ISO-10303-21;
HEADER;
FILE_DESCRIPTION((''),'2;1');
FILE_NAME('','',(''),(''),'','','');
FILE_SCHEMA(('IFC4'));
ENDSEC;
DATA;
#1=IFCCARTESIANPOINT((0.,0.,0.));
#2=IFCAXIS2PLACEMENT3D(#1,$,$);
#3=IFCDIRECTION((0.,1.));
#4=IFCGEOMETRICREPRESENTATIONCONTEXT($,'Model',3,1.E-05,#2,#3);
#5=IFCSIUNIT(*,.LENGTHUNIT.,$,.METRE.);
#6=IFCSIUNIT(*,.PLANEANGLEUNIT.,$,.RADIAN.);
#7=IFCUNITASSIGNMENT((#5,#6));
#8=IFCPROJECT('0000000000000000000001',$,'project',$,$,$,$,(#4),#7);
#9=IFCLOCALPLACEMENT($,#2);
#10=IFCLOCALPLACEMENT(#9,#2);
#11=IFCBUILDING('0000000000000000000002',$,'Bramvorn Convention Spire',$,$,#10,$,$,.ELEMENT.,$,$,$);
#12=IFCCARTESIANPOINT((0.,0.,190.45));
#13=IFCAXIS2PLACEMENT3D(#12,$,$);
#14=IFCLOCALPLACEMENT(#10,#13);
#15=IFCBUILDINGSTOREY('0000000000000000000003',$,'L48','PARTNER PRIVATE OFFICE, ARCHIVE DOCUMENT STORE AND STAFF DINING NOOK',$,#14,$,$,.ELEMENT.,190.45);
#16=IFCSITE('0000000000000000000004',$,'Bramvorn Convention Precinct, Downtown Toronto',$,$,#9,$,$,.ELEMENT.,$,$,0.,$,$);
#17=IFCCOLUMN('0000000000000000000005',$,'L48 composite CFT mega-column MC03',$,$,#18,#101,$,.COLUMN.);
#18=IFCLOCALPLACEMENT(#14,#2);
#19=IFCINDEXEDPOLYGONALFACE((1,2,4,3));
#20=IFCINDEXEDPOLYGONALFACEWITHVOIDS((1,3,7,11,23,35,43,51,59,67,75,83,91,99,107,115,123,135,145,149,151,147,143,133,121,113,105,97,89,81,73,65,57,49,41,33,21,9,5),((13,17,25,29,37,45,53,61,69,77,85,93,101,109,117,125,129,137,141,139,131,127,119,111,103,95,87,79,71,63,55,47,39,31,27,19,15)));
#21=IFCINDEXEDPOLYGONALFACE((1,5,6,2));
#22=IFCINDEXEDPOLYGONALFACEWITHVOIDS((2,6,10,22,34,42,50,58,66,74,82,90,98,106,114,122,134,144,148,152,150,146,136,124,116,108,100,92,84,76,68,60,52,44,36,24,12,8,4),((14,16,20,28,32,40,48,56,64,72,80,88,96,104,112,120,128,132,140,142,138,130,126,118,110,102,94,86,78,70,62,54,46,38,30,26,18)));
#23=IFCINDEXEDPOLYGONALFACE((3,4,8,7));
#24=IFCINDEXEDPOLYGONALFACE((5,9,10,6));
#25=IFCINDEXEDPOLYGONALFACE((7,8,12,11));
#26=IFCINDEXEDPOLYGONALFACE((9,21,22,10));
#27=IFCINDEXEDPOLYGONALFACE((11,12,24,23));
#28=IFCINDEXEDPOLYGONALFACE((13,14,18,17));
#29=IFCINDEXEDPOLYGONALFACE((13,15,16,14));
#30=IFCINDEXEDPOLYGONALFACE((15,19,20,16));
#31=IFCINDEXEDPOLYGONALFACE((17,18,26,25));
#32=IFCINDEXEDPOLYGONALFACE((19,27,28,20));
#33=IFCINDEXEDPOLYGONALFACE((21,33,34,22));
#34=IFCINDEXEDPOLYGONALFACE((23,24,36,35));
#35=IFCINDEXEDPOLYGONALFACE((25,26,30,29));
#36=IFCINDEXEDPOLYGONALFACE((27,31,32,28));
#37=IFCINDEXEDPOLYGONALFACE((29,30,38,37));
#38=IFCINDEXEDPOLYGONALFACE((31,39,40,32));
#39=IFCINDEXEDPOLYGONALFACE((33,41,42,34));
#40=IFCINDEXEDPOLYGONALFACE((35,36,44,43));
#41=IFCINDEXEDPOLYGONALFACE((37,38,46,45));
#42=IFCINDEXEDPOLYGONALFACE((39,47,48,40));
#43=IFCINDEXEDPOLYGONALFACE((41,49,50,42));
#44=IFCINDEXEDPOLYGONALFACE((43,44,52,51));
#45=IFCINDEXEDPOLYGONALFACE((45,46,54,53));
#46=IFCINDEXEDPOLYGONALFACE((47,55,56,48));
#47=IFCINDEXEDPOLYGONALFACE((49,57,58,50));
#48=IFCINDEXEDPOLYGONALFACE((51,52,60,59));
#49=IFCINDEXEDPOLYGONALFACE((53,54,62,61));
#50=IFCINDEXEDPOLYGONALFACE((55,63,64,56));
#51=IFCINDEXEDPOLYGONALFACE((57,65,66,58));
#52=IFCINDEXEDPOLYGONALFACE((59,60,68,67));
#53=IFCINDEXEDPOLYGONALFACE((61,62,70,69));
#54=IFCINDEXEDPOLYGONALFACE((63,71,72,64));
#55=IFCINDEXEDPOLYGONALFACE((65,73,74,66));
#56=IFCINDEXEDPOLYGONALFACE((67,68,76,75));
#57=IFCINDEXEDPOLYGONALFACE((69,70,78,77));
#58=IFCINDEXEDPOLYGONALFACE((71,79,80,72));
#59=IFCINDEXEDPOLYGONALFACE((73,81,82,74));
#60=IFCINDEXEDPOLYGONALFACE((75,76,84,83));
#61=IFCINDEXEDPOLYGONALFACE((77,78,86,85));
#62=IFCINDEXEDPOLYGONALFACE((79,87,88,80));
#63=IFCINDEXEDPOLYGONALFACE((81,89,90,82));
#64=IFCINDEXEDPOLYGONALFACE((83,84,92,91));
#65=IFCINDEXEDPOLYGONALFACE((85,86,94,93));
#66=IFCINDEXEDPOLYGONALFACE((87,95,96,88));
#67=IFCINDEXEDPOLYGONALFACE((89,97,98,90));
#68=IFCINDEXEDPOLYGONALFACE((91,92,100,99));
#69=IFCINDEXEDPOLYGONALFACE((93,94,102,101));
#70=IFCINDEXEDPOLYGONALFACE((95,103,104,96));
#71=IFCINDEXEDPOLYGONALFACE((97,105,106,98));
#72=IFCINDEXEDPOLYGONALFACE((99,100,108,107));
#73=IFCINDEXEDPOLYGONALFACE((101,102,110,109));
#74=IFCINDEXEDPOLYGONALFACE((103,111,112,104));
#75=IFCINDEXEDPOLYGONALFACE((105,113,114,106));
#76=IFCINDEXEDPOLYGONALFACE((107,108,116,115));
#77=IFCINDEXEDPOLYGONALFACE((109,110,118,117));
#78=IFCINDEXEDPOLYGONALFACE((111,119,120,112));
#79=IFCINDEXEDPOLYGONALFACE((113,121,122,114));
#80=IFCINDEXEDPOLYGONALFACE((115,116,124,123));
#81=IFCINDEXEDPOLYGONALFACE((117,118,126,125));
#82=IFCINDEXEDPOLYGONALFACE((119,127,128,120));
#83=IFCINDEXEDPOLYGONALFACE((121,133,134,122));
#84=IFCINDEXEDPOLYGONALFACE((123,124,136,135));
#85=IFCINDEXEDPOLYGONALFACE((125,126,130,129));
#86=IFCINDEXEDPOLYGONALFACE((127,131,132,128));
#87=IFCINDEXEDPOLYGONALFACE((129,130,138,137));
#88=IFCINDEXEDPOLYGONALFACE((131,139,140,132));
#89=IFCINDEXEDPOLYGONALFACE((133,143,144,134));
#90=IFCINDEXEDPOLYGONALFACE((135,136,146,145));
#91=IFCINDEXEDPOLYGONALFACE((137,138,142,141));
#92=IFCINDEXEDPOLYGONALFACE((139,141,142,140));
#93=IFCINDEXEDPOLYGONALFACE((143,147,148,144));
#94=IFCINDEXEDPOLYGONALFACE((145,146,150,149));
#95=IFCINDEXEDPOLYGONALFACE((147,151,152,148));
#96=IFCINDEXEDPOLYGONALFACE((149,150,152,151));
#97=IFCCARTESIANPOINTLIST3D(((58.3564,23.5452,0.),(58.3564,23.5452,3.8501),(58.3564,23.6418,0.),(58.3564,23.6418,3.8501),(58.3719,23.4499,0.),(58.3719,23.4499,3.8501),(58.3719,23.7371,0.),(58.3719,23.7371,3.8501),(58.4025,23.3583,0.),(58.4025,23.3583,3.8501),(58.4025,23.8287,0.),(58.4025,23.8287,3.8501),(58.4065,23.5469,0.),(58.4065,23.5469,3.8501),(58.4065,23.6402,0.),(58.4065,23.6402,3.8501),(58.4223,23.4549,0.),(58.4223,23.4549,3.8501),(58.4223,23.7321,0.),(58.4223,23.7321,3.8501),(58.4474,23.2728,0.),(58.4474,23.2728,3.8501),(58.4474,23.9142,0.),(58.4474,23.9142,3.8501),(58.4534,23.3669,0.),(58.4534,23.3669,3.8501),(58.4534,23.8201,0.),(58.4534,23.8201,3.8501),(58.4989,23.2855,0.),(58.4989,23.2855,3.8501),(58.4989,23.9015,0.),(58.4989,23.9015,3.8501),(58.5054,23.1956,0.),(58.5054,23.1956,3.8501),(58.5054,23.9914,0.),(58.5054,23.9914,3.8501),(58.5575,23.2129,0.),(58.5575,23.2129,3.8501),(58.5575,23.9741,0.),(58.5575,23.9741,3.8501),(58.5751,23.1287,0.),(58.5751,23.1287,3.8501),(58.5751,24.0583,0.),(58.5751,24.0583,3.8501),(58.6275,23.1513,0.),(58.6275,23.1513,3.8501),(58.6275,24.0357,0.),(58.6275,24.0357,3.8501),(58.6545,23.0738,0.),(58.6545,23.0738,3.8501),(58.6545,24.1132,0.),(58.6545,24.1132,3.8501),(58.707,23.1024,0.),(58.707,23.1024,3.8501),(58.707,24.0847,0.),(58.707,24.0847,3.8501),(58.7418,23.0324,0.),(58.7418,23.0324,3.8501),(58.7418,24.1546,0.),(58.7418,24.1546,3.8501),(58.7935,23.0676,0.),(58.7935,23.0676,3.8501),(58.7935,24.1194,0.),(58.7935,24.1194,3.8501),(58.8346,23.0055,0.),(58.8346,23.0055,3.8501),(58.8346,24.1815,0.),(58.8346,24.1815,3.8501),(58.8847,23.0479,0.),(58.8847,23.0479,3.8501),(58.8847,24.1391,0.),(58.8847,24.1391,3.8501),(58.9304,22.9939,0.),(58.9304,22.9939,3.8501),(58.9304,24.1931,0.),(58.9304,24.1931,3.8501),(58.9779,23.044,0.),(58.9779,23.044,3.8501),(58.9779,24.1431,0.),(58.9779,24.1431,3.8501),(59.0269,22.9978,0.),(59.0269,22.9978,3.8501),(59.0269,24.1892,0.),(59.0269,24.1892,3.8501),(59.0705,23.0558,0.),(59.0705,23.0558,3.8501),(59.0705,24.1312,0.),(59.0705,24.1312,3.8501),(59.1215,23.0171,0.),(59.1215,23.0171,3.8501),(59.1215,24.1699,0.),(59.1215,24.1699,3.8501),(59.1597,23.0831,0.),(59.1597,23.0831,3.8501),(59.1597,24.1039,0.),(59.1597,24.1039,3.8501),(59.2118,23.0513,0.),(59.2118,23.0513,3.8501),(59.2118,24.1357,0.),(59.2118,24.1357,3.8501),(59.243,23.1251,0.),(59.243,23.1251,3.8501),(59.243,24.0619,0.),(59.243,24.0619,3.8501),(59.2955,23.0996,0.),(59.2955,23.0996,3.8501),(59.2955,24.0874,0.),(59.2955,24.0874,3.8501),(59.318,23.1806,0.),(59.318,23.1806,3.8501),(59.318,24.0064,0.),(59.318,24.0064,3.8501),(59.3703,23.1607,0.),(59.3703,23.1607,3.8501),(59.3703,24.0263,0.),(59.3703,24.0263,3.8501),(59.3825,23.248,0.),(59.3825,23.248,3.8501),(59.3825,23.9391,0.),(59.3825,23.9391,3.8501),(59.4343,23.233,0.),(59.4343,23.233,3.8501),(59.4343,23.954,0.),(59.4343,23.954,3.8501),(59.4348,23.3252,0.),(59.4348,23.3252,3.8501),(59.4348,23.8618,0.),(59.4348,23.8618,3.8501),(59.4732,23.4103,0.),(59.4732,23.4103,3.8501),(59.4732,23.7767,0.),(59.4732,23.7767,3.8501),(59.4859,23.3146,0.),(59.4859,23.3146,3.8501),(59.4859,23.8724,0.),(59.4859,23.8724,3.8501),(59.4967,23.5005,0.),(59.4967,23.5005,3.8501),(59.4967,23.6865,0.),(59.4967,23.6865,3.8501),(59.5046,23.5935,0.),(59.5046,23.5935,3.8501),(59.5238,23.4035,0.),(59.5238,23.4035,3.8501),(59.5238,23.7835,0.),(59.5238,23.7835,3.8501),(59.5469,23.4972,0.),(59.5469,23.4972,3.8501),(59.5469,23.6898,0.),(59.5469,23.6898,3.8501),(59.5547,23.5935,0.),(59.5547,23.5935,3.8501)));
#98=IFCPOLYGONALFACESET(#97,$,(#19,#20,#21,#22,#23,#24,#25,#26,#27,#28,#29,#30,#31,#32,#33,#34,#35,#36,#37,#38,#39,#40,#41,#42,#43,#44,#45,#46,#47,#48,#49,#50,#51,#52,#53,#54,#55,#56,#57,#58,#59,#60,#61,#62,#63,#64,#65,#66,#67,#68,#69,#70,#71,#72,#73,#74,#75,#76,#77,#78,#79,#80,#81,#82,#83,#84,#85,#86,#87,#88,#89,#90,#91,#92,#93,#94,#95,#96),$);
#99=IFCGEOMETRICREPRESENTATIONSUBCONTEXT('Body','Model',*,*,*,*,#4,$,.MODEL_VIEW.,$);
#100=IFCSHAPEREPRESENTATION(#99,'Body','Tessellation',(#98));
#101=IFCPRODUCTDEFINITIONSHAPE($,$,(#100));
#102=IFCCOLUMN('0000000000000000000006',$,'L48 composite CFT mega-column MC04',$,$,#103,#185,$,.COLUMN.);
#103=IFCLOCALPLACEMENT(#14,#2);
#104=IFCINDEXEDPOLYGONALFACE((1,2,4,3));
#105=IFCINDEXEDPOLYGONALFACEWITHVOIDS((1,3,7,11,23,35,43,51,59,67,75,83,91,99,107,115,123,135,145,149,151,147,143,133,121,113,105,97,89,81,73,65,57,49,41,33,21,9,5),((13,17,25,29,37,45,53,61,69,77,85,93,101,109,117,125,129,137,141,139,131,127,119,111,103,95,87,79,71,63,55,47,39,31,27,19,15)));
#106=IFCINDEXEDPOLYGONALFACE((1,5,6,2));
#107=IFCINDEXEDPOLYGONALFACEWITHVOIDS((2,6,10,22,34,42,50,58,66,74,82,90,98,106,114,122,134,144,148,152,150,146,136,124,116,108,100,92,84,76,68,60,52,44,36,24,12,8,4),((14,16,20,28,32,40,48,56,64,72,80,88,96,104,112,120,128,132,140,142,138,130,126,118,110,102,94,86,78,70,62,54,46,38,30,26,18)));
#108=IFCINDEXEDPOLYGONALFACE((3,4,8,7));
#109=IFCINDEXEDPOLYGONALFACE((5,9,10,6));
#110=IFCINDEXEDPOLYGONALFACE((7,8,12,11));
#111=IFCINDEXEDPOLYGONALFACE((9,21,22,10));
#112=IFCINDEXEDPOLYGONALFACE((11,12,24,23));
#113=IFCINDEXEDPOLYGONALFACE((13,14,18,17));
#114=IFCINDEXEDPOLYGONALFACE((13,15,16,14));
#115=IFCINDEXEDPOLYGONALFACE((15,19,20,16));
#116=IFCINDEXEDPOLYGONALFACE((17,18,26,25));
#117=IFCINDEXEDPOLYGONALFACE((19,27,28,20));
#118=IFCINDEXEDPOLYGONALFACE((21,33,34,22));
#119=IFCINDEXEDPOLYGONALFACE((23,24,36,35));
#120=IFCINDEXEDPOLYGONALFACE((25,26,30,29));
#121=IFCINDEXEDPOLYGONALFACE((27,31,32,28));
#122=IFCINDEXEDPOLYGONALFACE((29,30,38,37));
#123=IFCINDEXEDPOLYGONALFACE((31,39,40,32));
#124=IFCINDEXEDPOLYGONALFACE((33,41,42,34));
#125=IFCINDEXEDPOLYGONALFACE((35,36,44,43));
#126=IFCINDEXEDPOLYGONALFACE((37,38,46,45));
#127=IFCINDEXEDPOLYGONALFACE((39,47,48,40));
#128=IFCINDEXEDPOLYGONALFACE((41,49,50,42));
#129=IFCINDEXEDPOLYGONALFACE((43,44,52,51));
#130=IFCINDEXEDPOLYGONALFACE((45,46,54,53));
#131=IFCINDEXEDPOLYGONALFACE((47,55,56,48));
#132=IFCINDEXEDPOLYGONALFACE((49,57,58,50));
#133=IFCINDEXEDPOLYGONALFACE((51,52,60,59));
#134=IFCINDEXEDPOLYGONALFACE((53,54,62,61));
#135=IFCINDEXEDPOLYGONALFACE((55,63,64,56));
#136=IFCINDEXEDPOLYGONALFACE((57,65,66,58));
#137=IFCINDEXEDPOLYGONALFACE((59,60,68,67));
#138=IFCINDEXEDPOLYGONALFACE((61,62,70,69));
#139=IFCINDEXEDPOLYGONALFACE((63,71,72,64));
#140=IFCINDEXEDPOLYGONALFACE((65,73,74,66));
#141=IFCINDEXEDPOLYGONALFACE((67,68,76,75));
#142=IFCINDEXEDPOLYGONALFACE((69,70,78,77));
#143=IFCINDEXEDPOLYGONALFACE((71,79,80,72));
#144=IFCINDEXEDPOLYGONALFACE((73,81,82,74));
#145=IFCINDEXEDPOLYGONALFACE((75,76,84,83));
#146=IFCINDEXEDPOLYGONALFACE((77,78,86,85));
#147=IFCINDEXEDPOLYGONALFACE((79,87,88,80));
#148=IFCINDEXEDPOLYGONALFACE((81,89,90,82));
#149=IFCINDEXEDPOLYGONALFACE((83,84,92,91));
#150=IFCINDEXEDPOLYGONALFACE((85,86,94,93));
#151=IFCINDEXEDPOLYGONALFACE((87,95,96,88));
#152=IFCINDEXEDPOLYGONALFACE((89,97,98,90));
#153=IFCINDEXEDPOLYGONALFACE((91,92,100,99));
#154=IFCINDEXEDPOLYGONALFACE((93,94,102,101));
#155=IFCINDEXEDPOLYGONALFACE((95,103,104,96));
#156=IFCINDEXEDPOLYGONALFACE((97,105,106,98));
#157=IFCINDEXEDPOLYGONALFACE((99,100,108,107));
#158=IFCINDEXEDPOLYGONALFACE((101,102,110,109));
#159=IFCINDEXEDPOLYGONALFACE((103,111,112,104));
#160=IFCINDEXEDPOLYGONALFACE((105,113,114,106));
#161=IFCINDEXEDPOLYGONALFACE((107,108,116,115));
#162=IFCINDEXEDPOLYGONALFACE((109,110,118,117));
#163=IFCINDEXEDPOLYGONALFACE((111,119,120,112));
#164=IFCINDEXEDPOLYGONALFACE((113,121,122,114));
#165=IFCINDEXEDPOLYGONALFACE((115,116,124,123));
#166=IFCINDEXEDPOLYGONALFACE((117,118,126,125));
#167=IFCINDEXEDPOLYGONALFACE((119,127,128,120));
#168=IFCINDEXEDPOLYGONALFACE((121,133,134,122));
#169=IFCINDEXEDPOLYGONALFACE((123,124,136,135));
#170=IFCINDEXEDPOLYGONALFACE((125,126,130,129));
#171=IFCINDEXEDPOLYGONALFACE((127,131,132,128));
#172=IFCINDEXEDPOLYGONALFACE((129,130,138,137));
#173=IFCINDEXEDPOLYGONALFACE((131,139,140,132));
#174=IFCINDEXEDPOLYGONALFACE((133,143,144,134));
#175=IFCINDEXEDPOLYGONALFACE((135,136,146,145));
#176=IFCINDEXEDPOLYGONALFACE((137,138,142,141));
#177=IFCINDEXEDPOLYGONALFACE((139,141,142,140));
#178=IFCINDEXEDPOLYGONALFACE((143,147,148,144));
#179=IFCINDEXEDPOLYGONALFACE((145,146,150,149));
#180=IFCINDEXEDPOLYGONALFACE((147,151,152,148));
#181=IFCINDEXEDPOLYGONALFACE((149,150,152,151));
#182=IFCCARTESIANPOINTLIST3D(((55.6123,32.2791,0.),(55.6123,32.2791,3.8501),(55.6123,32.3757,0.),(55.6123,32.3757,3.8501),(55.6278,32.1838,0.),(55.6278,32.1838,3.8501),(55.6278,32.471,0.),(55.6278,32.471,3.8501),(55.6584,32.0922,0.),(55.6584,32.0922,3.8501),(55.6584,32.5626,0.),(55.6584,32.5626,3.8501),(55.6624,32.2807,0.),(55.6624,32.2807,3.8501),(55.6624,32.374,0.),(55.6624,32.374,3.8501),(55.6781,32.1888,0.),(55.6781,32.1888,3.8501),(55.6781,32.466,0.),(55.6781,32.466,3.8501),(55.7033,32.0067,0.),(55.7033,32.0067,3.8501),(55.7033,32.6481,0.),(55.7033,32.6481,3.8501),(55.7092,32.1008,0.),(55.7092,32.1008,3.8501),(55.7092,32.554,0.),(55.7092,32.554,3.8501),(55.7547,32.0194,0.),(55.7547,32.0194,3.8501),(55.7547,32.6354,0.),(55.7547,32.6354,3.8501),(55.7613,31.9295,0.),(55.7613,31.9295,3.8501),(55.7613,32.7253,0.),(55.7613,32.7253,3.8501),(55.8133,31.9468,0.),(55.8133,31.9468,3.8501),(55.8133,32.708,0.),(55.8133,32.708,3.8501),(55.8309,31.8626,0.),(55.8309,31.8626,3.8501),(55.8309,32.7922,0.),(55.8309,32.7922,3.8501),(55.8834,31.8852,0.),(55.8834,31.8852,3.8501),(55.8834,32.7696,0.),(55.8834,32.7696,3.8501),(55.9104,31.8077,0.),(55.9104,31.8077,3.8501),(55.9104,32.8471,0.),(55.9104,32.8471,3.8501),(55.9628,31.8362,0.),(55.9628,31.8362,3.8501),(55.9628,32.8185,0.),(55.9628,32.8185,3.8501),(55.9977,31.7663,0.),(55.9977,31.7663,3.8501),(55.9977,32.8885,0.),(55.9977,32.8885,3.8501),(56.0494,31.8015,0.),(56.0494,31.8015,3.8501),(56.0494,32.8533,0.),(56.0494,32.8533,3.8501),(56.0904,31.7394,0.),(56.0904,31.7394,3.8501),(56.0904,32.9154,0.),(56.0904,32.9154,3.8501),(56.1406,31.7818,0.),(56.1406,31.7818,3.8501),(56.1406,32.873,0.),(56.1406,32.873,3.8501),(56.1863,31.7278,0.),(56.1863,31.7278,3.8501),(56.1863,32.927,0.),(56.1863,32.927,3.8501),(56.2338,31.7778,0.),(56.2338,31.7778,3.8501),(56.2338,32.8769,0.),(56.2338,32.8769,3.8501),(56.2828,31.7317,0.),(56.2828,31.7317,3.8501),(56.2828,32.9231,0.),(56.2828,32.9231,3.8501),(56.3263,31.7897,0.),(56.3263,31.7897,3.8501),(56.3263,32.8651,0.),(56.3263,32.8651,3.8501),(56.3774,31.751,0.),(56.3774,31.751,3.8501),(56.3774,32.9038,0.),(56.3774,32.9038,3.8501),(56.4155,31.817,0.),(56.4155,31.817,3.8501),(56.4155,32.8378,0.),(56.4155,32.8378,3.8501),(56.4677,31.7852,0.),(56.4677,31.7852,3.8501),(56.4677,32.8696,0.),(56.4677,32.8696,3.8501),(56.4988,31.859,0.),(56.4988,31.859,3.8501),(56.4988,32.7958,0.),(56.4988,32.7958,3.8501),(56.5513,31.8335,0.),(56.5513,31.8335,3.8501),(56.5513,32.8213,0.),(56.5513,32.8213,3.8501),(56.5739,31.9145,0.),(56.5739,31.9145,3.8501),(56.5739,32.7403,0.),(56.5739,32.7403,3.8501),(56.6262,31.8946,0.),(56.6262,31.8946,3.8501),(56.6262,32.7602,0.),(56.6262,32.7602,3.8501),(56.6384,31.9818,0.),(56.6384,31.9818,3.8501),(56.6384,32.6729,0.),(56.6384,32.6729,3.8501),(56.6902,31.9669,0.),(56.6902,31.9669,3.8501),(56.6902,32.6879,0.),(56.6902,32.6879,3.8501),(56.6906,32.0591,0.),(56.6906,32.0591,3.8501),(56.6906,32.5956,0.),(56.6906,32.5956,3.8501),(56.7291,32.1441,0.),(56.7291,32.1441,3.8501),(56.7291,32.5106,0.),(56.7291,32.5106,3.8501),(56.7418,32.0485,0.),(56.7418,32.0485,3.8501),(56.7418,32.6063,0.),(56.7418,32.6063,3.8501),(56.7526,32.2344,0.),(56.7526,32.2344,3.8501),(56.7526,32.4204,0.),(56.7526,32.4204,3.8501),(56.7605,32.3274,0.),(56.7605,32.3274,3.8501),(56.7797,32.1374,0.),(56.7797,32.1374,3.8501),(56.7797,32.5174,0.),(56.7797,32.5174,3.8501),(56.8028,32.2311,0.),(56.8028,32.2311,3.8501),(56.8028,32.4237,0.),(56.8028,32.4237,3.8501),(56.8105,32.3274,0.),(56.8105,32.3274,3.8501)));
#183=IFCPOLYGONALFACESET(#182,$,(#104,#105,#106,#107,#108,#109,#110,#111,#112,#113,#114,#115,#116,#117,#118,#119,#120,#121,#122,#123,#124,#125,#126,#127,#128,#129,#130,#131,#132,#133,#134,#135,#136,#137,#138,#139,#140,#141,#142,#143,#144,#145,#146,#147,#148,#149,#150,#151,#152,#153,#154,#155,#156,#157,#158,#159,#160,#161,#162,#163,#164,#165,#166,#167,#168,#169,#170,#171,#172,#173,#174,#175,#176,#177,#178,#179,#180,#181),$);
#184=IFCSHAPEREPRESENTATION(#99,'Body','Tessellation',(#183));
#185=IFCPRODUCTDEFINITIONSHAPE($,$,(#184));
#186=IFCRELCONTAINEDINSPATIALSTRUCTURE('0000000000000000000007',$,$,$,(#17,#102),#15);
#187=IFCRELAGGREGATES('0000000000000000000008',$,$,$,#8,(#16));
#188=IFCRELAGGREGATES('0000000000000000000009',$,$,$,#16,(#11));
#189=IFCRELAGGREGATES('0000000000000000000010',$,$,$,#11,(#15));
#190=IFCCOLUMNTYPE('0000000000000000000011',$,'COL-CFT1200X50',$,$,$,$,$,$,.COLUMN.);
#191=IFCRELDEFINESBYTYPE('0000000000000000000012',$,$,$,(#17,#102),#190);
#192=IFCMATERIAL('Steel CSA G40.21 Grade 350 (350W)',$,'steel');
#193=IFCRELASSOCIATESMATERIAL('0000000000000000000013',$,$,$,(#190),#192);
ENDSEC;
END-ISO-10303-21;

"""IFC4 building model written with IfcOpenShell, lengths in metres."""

from ifc_helpers import new_model, si_unit, direction, frame, origin, origin_2d, place, context, subcontext, project, spatial, hollow_circle, extrude, material, material_profile, profile_set, type_object, element, save


model = new_model("IFC4")

# Units and contexts
model_context = context("Model", 3, precision=1e-05, world=origin(), true_north=direction((0.0, 1.0)))
body_context = subcontext(model_context, "Body", "Model", "MODEL_VIEW")
ifc_project = project(units=[si_unit("LENGTHUNIT", "METRE"), si_unit("PLANEANGLEUNIT", "RADIAN")], contexts=[model_context])

# Site, building, storey
site_placement = place(None, origin())
site = spatial("IfcSite", under=ifc_project, at=site_placement, Name="Bramvorn Convention Precinct, Downtown Toronto", CompositionType="ELEMENT", RefElevation=0.0)
building_placement = place(site_placement, origin())
building = spatial("IfcBuilding", under=site, at=building_placement, Name="Bramvorn Convention Spire", CompositionType="ELEMENT")
storey_placement = place(building_placement, frame((0.0, 0.0, 190.45)))
storey = spatial("IfcBuildingStorey", under=building, at=storey_placement, Name="L48", Description="PARTNER PRIVATE OFFICE, ARCHIVE DOCUMENT STORE AND STAFF DINING NOOK", CompositionType="ELEMENT", Elevation=190.45)

# Columns
ifc_material_1 = material(Name="Steel CSA G40.21 Grade 350 (350W)", Category="steel")
ifc_material_profile_1 = material_profile(ifc_material_1, hollow_circle(Radius=0.6001, WallThickness=0.05, at=origin_2d()))
ifc_profile_set_1 = profile_set([ifc_material_profile_1], Name="Steel CSA G40.21 Grade 350 (350W) - CFT1200X50")
column_type = type_object("IfcColumnType", Name="COL-CFT1200X50", PredefinedType="COLUMN", material=ifc_profile_set_1)
for number, where, z_axis, x_axis, name in (
    (1, (58.9546, 23.5935, 0.0), (0.0, 0.0, 1.0), (1.0, 0.0, 0.0), "L48 composite CFT mega-column MC03"),
    (2, (56.2104, 32.3274, 0.0), (0.0, 0.0, 1.0), (1.0, 0.0, 0.0), "L48 composite CFT mega-column MC04"),
):
    element("IfcColumn", number, at=place(storey_placement, frame(where, z_axis=z_axis, x_axis=x_axis)), inside=storey, type_object=column_type, Name=name, PredefinedType="COLUMN", context=body_context, shape_type="SweptSolid", body=[
        extrude(hollow_circle(Radius=0.6001, WallThickness=0.05, at=origin_2d()), origin(), (0.0, 0.0, 1.0), 3.8501),
    ])

save(model, "model.ifc")
